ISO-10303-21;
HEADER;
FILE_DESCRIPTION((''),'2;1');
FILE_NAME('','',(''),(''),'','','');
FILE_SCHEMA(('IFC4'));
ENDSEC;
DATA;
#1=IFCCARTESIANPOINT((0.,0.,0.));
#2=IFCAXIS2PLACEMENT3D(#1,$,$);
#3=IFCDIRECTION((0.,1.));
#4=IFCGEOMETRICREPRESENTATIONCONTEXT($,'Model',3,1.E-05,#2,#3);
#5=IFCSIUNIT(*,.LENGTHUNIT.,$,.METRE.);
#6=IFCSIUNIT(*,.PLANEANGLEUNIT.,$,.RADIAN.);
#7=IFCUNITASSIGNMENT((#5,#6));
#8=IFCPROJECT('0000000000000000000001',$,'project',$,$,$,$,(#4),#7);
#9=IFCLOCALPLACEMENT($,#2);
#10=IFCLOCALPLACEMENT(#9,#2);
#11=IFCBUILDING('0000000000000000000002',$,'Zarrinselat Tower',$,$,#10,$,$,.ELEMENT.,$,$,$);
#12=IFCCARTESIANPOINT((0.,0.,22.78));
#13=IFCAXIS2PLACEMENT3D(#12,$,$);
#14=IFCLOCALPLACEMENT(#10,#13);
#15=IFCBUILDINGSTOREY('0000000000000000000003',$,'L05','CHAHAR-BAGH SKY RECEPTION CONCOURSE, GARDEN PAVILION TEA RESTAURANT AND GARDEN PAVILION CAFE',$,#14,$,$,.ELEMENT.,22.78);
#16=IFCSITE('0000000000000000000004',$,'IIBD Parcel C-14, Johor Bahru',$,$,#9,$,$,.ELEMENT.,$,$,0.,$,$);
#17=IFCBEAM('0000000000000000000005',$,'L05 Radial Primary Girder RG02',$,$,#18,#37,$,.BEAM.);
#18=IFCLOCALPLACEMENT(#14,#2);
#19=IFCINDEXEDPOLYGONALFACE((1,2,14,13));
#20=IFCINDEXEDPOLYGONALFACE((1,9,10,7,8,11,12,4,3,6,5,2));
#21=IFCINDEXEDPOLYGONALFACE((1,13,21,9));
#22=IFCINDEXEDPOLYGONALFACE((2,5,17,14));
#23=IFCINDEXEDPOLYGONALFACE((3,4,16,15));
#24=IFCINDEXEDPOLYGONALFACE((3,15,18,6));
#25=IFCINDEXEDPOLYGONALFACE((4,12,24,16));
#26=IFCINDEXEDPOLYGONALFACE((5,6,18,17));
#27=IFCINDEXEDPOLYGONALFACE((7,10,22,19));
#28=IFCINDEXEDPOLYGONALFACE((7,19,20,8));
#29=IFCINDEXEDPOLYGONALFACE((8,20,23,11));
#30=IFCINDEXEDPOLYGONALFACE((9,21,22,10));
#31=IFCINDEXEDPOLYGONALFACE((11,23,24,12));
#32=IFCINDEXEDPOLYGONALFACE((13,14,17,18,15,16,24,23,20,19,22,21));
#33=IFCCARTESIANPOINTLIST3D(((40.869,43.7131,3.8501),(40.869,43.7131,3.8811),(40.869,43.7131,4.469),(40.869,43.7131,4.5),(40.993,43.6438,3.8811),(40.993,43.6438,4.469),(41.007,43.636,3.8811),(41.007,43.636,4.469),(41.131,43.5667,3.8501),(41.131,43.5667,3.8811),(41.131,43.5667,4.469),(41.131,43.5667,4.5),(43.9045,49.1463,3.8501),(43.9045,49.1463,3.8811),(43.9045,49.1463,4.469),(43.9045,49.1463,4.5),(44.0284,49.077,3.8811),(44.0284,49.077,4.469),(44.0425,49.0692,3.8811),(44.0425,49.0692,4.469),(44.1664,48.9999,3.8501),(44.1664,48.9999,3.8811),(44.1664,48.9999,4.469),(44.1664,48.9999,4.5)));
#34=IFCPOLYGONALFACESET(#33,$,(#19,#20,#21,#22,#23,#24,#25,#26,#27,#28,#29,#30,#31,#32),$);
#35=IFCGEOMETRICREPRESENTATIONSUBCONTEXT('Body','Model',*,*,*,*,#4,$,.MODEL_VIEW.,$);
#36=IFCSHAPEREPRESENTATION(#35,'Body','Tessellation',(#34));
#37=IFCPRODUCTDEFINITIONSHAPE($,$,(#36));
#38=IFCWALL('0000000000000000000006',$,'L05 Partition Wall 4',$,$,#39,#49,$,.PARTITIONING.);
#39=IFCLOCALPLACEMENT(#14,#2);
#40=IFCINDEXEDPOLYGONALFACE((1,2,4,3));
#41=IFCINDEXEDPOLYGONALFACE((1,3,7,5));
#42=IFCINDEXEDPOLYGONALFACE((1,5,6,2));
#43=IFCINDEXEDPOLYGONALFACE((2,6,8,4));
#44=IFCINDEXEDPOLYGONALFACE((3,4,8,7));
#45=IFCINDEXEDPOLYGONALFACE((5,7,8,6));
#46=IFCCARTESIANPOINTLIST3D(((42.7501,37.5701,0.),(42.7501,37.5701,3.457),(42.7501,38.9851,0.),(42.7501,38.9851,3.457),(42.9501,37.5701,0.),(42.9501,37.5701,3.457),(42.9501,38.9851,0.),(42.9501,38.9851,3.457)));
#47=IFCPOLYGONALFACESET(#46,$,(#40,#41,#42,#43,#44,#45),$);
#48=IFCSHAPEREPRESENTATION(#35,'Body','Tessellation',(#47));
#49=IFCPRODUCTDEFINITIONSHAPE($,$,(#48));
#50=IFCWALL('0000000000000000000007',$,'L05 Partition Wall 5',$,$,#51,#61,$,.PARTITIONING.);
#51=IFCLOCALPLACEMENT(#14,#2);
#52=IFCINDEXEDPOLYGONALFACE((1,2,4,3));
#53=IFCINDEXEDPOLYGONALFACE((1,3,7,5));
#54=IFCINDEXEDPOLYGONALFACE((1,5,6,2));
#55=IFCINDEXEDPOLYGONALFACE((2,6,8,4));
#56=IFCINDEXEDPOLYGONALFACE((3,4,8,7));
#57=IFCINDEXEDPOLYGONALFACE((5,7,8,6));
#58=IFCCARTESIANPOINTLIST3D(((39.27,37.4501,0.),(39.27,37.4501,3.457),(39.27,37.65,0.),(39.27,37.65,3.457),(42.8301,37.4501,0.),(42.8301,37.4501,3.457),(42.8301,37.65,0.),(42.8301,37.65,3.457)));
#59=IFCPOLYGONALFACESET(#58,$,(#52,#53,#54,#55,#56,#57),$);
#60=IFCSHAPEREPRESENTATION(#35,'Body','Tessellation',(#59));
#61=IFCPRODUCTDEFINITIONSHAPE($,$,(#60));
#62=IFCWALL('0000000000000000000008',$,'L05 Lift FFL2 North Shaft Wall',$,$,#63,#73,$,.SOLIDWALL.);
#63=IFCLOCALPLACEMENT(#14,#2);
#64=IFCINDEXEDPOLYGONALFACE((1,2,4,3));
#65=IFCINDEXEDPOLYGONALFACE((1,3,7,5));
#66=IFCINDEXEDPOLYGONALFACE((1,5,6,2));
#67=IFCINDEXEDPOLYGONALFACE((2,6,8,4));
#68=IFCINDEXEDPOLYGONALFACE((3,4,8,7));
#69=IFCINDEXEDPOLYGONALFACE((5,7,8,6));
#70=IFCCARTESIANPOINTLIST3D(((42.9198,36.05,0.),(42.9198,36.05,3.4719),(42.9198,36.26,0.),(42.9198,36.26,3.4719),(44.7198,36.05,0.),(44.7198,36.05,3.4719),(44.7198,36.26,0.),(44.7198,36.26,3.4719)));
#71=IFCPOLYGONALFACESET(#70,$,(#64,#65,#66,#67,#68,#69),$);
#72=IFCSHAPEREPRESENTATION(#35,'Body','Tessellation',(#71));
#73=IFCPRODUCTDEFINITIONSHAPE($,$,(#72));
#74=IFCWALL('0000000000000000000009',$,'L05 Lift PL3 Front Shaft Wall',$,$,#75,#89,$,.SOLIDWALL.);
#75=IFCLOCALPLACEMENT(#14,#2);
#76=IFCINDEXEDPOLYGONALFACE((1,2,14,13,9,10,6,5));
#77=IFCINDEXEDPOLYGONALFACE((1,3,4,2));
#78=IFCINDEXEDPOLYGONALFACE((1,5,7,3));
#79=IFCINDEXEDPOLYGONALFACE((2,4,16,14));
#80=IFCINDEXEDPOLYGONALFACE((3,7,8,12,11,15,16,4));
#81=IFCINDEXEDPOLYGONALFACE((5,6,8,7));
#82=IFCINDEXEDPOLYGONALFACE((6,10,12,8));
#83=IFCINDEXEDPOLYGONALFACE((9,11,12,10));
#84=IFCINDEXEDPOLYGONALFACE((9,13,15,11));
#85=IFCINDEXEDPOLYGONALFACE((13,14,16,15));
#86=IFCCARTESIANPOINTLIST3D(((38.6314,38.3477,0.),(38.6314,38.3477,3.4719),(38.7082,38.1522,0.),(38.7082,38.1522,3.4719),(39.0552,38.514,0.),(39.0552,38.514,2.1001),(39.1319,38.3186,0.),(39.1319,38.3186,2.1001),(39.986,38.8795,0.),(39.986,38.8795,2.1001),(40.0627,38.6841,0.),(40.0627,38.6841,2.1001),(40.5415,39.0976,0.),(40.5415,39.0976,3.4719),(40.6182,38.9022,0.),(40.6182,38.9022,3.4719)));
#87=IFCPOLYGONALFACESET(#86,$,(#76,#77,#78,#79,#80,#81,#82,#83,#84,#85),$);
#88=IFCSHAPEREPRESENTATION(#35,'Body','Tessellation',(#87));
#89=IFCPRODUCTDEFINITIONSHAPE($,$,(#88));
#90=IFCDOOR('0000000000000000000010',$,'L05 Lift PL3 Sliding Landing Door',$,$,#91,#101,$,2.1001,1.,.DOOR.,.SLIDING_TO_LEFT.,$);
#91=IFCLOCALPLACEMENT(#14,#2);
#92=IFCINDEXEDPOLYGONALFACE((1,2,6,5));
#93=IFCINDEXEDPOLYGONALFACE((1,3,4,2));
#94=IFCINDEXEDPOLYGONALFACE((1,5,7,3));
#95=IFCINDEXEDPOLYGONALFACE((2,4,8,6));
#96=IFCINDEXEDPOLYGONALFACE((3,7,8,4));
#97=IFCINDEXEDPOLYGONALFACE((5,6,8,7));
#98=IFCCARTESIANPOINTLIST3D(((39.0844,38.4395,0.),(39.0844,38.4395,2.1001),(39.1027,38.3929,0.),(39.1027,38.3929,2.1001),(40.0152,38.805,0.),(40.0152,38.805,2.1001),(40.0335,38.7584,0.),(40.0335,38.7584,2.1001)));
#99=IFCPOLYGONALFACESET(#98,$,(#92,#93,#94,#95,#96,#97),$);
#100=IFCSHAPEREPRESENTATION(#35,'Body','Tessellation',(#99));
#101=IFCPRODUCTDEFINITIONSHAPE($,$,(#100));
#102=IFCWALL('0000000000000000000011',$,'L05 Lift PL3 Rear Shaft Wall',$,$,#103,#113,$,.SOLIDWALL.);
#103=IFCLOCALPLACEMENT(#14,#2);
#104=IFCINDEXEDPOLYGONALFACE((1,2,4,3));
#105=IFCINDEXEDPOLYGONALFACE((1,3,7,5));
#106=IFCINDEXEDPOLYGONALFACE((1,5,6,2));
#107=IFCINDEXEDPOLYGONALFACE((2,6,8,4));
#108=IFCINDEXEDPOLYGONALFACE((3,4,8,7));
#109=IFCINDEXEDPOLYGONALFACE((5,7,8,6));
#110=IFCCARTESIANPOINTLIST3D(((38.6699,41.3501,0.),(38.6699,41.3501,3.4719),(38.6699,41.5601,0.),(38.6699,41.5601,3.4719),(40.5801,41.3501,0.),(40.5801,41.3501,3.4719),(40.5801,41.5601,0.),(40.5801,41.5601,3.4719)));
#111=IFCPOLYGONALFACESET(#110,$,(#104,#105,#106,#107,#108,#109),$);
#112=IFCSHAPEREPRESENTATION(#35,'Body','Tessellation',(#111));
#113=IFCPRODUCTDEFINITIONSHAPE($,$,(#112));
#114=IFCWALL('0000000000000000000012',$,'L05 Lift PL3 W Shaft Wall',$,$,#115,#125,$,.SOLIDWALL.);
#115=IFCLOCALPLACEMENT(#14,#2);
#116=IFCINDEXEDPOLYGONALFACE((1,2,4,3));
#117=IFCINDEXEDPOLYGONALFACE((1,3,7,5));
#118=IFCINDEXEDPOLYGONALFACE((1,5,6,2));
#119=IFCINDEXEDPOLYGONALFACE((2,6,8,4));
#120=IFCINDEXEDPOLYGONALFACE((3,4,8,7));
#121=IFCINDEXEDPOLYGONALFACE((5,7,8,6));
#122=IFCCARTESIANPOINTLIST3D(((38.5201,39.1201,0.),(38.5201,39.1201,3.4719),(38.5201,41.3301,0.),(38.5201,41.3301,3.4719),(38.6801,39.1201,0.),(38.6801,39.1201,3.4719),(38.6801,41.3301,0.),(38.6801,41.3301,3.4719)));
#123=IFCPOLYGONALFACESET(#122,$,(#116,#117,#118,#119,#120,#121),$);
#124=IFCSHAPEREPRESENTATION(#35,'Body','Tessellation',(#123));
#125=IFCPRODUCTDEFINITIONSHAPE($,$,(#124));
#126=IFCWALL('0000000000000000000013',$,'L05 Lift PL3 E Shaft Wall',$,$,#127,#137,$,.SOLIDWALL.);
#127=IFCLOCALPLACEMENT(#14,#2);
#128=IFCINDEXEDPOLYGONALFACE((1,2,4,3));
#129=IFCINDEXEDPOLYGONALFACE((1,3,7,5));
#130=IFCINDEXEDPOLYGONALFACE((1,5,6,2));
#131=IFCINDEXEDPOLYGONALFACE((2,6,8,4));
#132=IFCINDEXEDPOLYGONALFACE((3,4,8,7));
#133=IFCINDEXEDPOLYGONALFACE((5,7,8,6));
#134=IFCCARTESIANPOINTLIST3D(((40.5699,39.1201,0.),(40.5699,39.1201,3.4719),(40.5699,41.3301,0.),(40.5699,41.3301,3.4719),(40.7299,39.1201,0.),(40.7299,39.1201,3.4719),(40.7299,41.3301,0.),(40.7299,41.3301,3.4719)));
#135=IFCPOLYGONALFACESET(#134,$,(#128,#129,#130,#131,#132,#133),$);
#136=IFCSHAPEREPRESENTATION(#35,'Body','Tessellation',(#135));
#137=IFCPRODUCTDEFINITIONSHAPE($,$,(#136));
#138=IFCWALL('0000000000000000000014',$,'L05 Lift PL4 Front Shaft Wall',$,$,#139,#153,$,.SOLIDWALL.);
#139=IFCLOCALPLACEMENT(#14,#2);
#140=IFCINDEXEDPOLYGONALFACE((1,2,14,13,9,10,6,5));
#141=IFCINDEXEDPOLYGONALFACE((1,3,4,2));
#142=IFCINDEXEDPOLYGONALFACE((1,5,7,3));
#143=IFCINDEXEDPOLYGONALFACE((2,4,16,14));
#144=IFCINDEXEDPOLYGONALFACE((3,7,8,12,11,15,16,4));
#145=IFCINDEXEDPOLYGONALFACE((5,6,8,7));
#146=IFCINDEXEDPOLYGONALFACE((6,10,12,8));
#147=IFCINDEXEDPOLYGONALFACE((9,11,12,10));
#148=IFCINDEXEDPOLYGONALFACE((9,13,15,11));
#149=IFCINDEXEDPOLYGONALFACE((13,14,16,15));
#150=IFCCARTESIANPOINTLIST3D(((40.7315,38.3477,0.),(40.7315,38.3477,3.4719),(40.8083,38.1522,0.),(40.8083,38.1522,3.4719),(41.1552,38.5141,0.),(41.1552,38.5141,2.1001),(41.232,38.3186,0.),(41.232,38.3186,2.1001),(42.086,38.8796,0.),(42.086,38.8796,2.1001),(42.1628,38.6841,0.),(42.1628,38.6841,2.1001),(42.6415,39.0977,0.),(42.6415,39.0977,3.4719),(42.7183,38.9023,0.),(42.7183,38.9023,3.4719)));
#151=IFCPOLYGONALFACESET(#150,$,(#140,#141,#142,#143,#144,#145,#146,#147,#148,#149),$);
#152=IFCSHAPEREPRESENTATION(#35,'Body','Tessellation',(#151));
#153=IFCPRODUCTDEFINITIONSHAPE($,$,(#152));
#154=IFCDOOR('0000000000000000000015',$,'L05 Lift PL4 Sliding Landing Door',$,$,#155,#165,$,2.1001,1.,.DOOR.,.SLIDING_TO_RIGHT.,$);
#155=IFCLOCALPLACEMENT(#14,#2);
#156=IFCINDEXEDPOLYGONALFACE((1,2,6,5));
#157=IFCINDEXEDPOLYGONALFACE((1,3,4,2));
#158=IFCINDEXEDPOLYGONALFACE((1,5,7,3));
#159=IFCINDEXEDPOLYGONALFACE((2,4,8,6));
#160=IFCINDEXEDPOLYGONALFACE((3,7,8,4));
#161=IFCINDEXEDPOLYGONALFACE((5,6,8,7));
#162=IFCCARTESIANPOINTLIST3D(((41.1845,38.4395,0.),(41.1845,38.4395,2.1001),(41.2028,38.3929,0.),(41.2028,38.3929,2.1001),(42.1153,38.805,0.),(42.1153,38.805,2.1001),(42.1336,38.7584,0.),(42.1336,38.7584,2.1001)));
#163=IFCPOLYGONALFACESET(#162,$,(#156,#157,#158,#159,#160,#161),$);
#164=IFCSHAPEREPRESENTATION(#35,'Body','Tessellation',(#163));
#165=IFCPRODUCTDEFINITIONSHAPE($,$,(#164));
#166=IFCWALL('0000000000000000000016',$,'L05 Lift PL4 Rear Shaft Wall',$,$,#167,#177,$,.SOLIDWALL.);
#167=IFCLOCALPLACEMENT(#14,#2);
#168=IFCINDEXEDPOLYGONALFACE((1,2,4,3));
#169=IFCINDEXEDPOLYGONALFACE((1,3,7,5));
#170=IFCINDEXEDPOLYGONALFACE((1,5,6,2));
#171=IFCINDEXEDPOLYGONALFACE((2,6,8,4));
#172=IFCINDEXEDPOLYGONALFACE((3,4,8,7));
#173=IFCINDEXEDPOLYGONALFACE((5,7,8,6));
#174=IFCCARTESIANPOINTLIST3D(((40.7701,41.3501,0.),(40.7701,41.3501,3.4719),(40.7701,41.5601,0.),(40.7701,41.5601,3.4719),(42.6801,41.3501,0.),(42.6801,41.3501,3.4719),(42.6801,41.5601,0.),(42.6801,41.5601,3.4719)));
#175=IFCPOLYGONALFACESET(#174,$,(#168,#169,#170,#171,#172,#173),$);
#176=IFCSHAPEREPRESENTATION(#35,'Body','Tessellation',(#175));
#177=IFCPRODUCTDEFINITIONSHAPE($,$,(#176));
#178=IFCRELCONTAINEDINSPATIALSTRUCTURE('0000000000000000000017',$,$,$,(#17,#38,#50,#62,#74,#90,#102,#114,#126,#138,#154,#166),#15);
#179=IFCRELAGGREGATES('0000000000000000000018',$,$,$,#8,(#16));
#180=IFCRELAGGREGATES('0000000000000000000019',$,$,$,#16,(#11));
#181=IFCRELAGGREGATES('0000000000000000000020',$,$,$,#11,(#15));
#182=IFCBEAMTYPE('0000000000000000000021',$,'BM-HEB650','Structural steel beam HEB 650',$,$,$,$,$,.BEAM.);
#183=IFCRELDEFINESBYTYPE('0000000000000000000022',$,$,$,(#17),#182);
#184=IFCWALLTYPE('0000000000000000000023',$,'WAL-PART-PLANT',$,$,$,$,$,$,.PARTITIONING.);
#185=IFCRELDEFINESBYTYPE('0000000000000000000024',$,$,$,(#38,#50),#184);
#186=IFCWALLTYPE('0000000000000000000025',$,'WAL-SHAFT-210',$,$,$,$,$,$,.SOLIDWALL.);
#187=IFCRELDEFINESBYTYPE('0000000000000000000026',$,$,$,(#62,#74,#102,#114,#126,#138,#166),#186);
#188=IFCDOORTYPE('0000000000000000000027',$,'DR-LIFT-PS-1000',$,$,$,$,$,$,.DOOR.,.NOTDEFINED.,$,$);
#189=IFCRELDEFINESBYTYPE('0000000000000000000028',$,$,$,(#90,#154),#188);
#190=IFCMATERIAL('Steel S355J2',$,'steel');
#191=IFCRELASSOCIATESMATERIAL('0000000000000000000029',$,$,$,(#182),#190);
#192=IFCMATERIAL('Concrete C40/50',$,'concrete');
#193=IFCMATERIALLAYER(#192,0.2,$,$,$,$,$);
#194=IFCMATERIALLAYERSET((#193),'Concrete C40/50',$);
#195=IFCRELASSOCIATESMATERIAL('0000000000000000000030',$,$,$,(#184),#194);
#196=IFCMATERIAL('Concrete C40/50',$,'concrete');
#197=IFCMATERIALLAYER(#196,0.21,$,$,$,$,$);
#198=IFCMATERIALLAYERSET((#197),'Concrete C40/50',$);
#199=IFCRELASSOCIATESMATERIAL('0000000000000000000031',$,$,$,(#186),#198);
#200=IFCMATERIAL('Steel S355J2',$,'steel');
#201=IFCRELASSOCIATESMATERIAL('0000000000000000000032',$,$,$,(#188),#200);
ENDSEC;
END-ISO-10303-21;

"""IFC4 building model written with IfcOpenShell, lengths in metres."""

from ifc_helpers import new_model, si_unit, direction, frame, frame_2d, origin, origin_2d, place, context, subcontext, project, spatial, rectangle, i_section, extrude, material, layer, layer_set, material_profile, profile_set, type_object, element, fill, save


model = new_model("IFC4")

# Units and contexts
model_context = context("Model", 3, precision=1e-05, world=origin(), true_north=direction((0.0, 1.0)))
body_context = subcontext(model_context, "Body", "Model", "MODEL_VIEW")
ifc_project = project(units=[si_unit("LENGTHUNIT", "METRE"), si_unit("PLANEANGLEUNIT", "RADIAN")], contexts=[model_context])

# Site, building, storey
site_placement = place(None, origin())
site = spatial("IfcSite", under=ifc_project, at=site_placement, Name="IIBD Parcel C-14, Johor Bahru", CompositionType="ELEMENT", RefElevation=0.0)
building_placement = place(site_placement, origin())
building = spatial("IfcBuilding", under=site, at=building_placement, Name="Zarrinselat Tower", CompositionType="ELEMENT")
storey_placement = place(building_placement, frame((0.0, 0.0, 22.78)))
storey = spatial("IfcBuildingStorey", under=building, at=storey_placement, Name="L05", Description="CHAHAR-BAGH SKY RECEPTION CONCOURSE, GARDEN PAVILION TEA RESTAURANT AND GARDEN PAVILION CAFE", CompositionType="ELEMENT", Elevation=22.78)

# Beam
ifc_material_1 = material(Name="Steel S355J2", Category="steel")
ifc_material_profile = material_profile(ifc_material_1, i_section(OverallWidth=0.3, OverallDepth=0.6499, WebThickness=0.0161, FlangeThickness=0.031, at=origin_2d()), Name="HEB 650")
ifc_profile_set = profile_set([ifc_material_profile], Name="Steel S355J2")
beam_type = type_object("IfcBeamType", Name="BM-HEB650", Description="Structural steel beam HEB 650", PredefinedType="BEAM", material=ifc_profile_set)
beam_placement = place(storey_placement, frame((41.0, 43.6399, 4.175), z_axis=(0.48773, 0.872995, 0.0), x_axis=(-0.872995, 0.48773, 0.0)))
element("IfcBeam", 1, at=beam_placement, inside=storey, type_object=beam_type, Name="L05 Radial Primary Girder RG02", PredefinedType="BEAM", context=body_context, shape_type="SweptSolid", body=[
    extrude(i_section(OverallWidth=0.3, OverallDepth=0.6499, WebThickness=0.0161, FlangeThickness=0.031, at=origin_2d()), origin(), (0.0, 0.0, 1.0), 6.2236),
])

# Walls
ifc_material_2 = material(Name="Concrete C40/50", Category="concrete")
ifc_layer_1 = layer(ifc_material_2, 0.2)
ifc_layer_set_1 = layer_set([ifc_layer_1], Name="Concrete C40/50")
wall_type_1 = type_object("IfcWallType", Name="WAL-PART-PLANT", PredefinedType="PARTITIONING", material=ifc_layer_set_1)
wall_1_placement = place(storey_placement, frame((42.8501, 37.5701, 0.0), z_axis=(0.0, 0.0, 1.0), x_axis=(0.0, 1.0, 0.0)))
element("IfcWall", 2, at=wall_1_placement, inside=storey, type_object=wall_type_1, Name="L05 Partition Wall 4", PredefinedType="PARTITIONING", context=body_context, shape_type="SweptSolid", body=[
    extrude(rectangle(XDim=1.415, YDim=0.2, at=frame_2d((0.7075, 0.0))), origin(), (0.0, 0.0, 1.0), 3.457),
])
wall_2_placement = place(storey_placement, frame((39.27, 37.55, 0.0), z_axis=(0.0, 0.0, 1.0), x_axis=(1.0, 0.0, 0.0)))
element("IfcWall", 3, at=wall_2_placement, inside=storey, type_object=wall_type_1, Name="L05 Partition Wall 5", PredefinedType="PARTITIONING", context=body_context, shape_type="SweptSolid", body=[
    extrude(rectangle(XDim=3.5601, YDim=0.2, at=frame_2d((1.78, 0.0))), origin(), (0.0, 0.0, 1.0), 3.457),
])
ifc_material_3 = material(Name="Concrete C40/50", Category="concrete")
ifc_layer_2 = layer(ifc_material_3, 0.21)
ifc_layer_set_2 = layer_set([ifc_layer_2], Name="Concrete C40/50")
wall_type_2 = type_object("IfcWallType", Name="WAL-SHAFT-210", PredefinedType="SOLIDWALL", material=ifc_layer_set_2)
wall_3_placement = place(storey_placement, frame((42.9199, 36.155, 0.0), z_axis=(0.0, 0.0, 1.0), x_axis=(1.0, 0.0, 0.0)))
element("IfcWall", 4, at=wall_3_placement, inside=storey, type_object=wall_type_2, Name="L05 Lift FFL2 North Shaft Wall", PredefinedType="SOLIDWALL", context=body_context, shape_type="SweptSolid", body=[
    extrude(rectangle(XDim=1.8, YDim=0.21, at=frame_2d((0.8999, 0.0))), origin(), (0.0, 0.0, 1.0), 3.4719),
])

# Wall, opening, door
wall_4_placement = place(storey_placement, frame((38.6699, 38.25, 0.0), z_axis=(0.0, 0.0, 1.0), x_axis=(0.930821, 0.365476, 0.0)))
wall_4 = element("IfcWall", 5, at=wall_4_placement, inside=storey, type_object=wall_type_2, Name="L05 Lift PL3 Front Shaft Wall", PredefinedType="SOLIDWALL", context=body_context, shape_type="SweptSolid", body=[
    extrude(rectangle(XDim=2.052, YDim=0.21, at=frame_2d((1.0259, 0.0))), origin(), (0.0, 0.0, 1.0), 3.4719),
])
opening_1_placement = place(wall_4_placement, frame((0.4551, 0.0, 0.0)))
opening_1 = element("IfcOpeningElement", 6, at=opening_1_placement, cuts=wall_4, PredefinedType="OPENING", context=body_context, shape_type="SweptSolid", body=[
    extrude(rectangle(XDim=1.0, YDim=2.1001, at=frame_2d((0.5, 1.05))), frame((0.0, 0.115, 0.0), z_axis=(0.0, -1.0, 0.0), x_axis=(1.0, 0.0, 0.0)), (0.0, 0.0, 1.0), 0.23),
])
ifc_material_4 = material(Name="Steel S355J2", Category="steel")
door_type = type_object("IfcDoorType", Name="DR-LIFT-PS-1000", OperationType="NOTDEFINED", PredefinedType="DOOR", material=ifc_material_4)
door_1_placement = place(opening_1_placement, origin())
door_1 = element("IfcDoor", 7, at=door_1_placement, inside=storey, type_object=door_type, Name="L05 Lift PL3 Sliding Landing Door", OperationType="SLIDING_TO_LEFT", OverallHeight=2.1001, OverallWidth=1.0, PredefinedType="DOOR", context=body_context, shape_type="SweptSolid", body=[
    extrude(rectangle(XDim=1.0, YDim=2.1001, at=frame_2d((0.5, 1.05))), frame((0.0, 0.0249, 0.0), z_axis=(0.0, -1.0, 0.0), x_axis=(1.0, 0.0, 0.0)), (0.0, 0.0, 1.0), 0.05),
])
fill(opening_1, door_1)

# Walls
wall_5_placement = place(storey_placement, frame((38.6699, 41.4551, 0.0), z_axis=(0.0, 0.0, 1.0), x_axis=(1.0, 0.0, 0.0)))
element("IfcWall", 8, at=wall_5_placement, inside=storey, type_object=wall_type_2, Name="L05 Lift PL3 Rear Shaft Wall", PredefinedType="SOLIDWALL", context=body_context, shape_type="SweptSolid", body=[
    extrude(rectangle(XDim=1.9102, YDim=0.21, at=frame_2d((0.9551, 0.0))), origin(), (0.0, 0.0, 1.0), 3.4719),
])
for number, where, z_axis, x_axis, name in (
    (9, (38.6001, 39.1201, 0.0), (0.0, 0.0, 1.0), (0.0, 1.0, 0.0), "L05 Lift PL3 W Shaft Wall"),
    (10, (40.6499, 39.1201, 0.0), (0.0, 0.0, 1.0), (0.0, 1.0, 0.0), "L05 Lift PL3 E Shaft Wall"),
):
    element("IfcWall", number, at=place(storey_placement, frame(where, z_axis=z_axis, x_axis=x_axis)), inside=storey, type_object=wall_type_2, Name=name, PredefinedType="SOLIDWALL", context=body_context, shape_type="SweptSolid", body=[
        extrude(rectangle(XDim=2.21, YDim=0.1599, at=frame_2d((1.105, 0.0))), origin(), (0.0, 0.0, 1.0), 3.4719),
    ])

# Wall, opening, door
wall_6_placement = place(storey_placement, frame((40.77, 38.25, 0.0), z_axis=(0.0, 0.0, 1.0), x_axis=(0.930805, 0.365516, 0.0)))
wall_6 = element("IfcWall", 11, at=wall_6_placement, inside=storey, type_object=wall_type_2, Name="L05 Lift PL4 Front Shaft Wall", PredefinedType="SOLIDWALL", context=body_context, shape_type="SweptSolid", body=[
    extrude(rectangle(XDim=2.052, YDim=0.21, at=frame_2d((1.0259, 0.0))), origin(), (0.0, 0.0, 1.0), 3.4719),
])
opening_2_placement = place(wall_6_placement, frame((0.4551, 0.0, 0.0)))
opening_2 = element("IfcOpeningElement", 12, at=opening_2_placement, cuts=wall_6, PredefinedType="OPENING", context=body_context, shape_type="SweptSolid", body=[
    extrude(rectangle(XDim=1.0, YDim=2.1001, at=frame_2d((0.5, 1.05))), frame((0.0, 0.115, 0.0), z_axis=(0.0, -1.0, 0.0), x_axis=(1.0, 0.0, 0.0)), (0.0, 0.0, 1.0), 0.23),
])
door_2_placement = place(opening_2_placement, origin())
door_2 = element("IfcDoor", 13, at=door_2_placement, inside=storey, type_object=door_type, Name="L05 Lift PL4 Sliding Landing Door", OperationType="SLIDING_TO_RIGHT", OverallHeight=2.1001, OverallWidth=1.0, PredefinedType="DOOR", context=body_context, shape_type="SweptSolid", body=[
    extrude(rectangle(XDim=1.0, YDim=2.1001, at=frame_2d((0.5, 1.05))), frame((0.0, 0.0249, 0.0), z_axis=(0.0, -1.0, 0.0), x_axis=(1.0, 0.0, 0.0)), (0.0, 0.0, 1.0), 0.05),
])
fill(opening_2, door_2)

# Wall
wall_7_placement = place(storey_placement, frame((40.77, 41.4551, 0.0), z_axis=(0.0, 0.0, 1.0), x_axis=(1.0, 0.0, 0.0)))
element("IfcWall", 14, at=wall_7_placement, inside=storey, type_object=wall_type_2, Name="L05 Lift PL4 Rear Shaft Wall", PredefinedType="SOLIDWALL", context=body_context, shape_type="SweptSolid", body=[
    extrude(rectangle(XDim=1.9099, YDim=0.21, at=frame_2d((0.9551, 0.0))), origin(), (0.0, 0.0, 1.0), 3.4719),
])

save(model, "model.ifc")
